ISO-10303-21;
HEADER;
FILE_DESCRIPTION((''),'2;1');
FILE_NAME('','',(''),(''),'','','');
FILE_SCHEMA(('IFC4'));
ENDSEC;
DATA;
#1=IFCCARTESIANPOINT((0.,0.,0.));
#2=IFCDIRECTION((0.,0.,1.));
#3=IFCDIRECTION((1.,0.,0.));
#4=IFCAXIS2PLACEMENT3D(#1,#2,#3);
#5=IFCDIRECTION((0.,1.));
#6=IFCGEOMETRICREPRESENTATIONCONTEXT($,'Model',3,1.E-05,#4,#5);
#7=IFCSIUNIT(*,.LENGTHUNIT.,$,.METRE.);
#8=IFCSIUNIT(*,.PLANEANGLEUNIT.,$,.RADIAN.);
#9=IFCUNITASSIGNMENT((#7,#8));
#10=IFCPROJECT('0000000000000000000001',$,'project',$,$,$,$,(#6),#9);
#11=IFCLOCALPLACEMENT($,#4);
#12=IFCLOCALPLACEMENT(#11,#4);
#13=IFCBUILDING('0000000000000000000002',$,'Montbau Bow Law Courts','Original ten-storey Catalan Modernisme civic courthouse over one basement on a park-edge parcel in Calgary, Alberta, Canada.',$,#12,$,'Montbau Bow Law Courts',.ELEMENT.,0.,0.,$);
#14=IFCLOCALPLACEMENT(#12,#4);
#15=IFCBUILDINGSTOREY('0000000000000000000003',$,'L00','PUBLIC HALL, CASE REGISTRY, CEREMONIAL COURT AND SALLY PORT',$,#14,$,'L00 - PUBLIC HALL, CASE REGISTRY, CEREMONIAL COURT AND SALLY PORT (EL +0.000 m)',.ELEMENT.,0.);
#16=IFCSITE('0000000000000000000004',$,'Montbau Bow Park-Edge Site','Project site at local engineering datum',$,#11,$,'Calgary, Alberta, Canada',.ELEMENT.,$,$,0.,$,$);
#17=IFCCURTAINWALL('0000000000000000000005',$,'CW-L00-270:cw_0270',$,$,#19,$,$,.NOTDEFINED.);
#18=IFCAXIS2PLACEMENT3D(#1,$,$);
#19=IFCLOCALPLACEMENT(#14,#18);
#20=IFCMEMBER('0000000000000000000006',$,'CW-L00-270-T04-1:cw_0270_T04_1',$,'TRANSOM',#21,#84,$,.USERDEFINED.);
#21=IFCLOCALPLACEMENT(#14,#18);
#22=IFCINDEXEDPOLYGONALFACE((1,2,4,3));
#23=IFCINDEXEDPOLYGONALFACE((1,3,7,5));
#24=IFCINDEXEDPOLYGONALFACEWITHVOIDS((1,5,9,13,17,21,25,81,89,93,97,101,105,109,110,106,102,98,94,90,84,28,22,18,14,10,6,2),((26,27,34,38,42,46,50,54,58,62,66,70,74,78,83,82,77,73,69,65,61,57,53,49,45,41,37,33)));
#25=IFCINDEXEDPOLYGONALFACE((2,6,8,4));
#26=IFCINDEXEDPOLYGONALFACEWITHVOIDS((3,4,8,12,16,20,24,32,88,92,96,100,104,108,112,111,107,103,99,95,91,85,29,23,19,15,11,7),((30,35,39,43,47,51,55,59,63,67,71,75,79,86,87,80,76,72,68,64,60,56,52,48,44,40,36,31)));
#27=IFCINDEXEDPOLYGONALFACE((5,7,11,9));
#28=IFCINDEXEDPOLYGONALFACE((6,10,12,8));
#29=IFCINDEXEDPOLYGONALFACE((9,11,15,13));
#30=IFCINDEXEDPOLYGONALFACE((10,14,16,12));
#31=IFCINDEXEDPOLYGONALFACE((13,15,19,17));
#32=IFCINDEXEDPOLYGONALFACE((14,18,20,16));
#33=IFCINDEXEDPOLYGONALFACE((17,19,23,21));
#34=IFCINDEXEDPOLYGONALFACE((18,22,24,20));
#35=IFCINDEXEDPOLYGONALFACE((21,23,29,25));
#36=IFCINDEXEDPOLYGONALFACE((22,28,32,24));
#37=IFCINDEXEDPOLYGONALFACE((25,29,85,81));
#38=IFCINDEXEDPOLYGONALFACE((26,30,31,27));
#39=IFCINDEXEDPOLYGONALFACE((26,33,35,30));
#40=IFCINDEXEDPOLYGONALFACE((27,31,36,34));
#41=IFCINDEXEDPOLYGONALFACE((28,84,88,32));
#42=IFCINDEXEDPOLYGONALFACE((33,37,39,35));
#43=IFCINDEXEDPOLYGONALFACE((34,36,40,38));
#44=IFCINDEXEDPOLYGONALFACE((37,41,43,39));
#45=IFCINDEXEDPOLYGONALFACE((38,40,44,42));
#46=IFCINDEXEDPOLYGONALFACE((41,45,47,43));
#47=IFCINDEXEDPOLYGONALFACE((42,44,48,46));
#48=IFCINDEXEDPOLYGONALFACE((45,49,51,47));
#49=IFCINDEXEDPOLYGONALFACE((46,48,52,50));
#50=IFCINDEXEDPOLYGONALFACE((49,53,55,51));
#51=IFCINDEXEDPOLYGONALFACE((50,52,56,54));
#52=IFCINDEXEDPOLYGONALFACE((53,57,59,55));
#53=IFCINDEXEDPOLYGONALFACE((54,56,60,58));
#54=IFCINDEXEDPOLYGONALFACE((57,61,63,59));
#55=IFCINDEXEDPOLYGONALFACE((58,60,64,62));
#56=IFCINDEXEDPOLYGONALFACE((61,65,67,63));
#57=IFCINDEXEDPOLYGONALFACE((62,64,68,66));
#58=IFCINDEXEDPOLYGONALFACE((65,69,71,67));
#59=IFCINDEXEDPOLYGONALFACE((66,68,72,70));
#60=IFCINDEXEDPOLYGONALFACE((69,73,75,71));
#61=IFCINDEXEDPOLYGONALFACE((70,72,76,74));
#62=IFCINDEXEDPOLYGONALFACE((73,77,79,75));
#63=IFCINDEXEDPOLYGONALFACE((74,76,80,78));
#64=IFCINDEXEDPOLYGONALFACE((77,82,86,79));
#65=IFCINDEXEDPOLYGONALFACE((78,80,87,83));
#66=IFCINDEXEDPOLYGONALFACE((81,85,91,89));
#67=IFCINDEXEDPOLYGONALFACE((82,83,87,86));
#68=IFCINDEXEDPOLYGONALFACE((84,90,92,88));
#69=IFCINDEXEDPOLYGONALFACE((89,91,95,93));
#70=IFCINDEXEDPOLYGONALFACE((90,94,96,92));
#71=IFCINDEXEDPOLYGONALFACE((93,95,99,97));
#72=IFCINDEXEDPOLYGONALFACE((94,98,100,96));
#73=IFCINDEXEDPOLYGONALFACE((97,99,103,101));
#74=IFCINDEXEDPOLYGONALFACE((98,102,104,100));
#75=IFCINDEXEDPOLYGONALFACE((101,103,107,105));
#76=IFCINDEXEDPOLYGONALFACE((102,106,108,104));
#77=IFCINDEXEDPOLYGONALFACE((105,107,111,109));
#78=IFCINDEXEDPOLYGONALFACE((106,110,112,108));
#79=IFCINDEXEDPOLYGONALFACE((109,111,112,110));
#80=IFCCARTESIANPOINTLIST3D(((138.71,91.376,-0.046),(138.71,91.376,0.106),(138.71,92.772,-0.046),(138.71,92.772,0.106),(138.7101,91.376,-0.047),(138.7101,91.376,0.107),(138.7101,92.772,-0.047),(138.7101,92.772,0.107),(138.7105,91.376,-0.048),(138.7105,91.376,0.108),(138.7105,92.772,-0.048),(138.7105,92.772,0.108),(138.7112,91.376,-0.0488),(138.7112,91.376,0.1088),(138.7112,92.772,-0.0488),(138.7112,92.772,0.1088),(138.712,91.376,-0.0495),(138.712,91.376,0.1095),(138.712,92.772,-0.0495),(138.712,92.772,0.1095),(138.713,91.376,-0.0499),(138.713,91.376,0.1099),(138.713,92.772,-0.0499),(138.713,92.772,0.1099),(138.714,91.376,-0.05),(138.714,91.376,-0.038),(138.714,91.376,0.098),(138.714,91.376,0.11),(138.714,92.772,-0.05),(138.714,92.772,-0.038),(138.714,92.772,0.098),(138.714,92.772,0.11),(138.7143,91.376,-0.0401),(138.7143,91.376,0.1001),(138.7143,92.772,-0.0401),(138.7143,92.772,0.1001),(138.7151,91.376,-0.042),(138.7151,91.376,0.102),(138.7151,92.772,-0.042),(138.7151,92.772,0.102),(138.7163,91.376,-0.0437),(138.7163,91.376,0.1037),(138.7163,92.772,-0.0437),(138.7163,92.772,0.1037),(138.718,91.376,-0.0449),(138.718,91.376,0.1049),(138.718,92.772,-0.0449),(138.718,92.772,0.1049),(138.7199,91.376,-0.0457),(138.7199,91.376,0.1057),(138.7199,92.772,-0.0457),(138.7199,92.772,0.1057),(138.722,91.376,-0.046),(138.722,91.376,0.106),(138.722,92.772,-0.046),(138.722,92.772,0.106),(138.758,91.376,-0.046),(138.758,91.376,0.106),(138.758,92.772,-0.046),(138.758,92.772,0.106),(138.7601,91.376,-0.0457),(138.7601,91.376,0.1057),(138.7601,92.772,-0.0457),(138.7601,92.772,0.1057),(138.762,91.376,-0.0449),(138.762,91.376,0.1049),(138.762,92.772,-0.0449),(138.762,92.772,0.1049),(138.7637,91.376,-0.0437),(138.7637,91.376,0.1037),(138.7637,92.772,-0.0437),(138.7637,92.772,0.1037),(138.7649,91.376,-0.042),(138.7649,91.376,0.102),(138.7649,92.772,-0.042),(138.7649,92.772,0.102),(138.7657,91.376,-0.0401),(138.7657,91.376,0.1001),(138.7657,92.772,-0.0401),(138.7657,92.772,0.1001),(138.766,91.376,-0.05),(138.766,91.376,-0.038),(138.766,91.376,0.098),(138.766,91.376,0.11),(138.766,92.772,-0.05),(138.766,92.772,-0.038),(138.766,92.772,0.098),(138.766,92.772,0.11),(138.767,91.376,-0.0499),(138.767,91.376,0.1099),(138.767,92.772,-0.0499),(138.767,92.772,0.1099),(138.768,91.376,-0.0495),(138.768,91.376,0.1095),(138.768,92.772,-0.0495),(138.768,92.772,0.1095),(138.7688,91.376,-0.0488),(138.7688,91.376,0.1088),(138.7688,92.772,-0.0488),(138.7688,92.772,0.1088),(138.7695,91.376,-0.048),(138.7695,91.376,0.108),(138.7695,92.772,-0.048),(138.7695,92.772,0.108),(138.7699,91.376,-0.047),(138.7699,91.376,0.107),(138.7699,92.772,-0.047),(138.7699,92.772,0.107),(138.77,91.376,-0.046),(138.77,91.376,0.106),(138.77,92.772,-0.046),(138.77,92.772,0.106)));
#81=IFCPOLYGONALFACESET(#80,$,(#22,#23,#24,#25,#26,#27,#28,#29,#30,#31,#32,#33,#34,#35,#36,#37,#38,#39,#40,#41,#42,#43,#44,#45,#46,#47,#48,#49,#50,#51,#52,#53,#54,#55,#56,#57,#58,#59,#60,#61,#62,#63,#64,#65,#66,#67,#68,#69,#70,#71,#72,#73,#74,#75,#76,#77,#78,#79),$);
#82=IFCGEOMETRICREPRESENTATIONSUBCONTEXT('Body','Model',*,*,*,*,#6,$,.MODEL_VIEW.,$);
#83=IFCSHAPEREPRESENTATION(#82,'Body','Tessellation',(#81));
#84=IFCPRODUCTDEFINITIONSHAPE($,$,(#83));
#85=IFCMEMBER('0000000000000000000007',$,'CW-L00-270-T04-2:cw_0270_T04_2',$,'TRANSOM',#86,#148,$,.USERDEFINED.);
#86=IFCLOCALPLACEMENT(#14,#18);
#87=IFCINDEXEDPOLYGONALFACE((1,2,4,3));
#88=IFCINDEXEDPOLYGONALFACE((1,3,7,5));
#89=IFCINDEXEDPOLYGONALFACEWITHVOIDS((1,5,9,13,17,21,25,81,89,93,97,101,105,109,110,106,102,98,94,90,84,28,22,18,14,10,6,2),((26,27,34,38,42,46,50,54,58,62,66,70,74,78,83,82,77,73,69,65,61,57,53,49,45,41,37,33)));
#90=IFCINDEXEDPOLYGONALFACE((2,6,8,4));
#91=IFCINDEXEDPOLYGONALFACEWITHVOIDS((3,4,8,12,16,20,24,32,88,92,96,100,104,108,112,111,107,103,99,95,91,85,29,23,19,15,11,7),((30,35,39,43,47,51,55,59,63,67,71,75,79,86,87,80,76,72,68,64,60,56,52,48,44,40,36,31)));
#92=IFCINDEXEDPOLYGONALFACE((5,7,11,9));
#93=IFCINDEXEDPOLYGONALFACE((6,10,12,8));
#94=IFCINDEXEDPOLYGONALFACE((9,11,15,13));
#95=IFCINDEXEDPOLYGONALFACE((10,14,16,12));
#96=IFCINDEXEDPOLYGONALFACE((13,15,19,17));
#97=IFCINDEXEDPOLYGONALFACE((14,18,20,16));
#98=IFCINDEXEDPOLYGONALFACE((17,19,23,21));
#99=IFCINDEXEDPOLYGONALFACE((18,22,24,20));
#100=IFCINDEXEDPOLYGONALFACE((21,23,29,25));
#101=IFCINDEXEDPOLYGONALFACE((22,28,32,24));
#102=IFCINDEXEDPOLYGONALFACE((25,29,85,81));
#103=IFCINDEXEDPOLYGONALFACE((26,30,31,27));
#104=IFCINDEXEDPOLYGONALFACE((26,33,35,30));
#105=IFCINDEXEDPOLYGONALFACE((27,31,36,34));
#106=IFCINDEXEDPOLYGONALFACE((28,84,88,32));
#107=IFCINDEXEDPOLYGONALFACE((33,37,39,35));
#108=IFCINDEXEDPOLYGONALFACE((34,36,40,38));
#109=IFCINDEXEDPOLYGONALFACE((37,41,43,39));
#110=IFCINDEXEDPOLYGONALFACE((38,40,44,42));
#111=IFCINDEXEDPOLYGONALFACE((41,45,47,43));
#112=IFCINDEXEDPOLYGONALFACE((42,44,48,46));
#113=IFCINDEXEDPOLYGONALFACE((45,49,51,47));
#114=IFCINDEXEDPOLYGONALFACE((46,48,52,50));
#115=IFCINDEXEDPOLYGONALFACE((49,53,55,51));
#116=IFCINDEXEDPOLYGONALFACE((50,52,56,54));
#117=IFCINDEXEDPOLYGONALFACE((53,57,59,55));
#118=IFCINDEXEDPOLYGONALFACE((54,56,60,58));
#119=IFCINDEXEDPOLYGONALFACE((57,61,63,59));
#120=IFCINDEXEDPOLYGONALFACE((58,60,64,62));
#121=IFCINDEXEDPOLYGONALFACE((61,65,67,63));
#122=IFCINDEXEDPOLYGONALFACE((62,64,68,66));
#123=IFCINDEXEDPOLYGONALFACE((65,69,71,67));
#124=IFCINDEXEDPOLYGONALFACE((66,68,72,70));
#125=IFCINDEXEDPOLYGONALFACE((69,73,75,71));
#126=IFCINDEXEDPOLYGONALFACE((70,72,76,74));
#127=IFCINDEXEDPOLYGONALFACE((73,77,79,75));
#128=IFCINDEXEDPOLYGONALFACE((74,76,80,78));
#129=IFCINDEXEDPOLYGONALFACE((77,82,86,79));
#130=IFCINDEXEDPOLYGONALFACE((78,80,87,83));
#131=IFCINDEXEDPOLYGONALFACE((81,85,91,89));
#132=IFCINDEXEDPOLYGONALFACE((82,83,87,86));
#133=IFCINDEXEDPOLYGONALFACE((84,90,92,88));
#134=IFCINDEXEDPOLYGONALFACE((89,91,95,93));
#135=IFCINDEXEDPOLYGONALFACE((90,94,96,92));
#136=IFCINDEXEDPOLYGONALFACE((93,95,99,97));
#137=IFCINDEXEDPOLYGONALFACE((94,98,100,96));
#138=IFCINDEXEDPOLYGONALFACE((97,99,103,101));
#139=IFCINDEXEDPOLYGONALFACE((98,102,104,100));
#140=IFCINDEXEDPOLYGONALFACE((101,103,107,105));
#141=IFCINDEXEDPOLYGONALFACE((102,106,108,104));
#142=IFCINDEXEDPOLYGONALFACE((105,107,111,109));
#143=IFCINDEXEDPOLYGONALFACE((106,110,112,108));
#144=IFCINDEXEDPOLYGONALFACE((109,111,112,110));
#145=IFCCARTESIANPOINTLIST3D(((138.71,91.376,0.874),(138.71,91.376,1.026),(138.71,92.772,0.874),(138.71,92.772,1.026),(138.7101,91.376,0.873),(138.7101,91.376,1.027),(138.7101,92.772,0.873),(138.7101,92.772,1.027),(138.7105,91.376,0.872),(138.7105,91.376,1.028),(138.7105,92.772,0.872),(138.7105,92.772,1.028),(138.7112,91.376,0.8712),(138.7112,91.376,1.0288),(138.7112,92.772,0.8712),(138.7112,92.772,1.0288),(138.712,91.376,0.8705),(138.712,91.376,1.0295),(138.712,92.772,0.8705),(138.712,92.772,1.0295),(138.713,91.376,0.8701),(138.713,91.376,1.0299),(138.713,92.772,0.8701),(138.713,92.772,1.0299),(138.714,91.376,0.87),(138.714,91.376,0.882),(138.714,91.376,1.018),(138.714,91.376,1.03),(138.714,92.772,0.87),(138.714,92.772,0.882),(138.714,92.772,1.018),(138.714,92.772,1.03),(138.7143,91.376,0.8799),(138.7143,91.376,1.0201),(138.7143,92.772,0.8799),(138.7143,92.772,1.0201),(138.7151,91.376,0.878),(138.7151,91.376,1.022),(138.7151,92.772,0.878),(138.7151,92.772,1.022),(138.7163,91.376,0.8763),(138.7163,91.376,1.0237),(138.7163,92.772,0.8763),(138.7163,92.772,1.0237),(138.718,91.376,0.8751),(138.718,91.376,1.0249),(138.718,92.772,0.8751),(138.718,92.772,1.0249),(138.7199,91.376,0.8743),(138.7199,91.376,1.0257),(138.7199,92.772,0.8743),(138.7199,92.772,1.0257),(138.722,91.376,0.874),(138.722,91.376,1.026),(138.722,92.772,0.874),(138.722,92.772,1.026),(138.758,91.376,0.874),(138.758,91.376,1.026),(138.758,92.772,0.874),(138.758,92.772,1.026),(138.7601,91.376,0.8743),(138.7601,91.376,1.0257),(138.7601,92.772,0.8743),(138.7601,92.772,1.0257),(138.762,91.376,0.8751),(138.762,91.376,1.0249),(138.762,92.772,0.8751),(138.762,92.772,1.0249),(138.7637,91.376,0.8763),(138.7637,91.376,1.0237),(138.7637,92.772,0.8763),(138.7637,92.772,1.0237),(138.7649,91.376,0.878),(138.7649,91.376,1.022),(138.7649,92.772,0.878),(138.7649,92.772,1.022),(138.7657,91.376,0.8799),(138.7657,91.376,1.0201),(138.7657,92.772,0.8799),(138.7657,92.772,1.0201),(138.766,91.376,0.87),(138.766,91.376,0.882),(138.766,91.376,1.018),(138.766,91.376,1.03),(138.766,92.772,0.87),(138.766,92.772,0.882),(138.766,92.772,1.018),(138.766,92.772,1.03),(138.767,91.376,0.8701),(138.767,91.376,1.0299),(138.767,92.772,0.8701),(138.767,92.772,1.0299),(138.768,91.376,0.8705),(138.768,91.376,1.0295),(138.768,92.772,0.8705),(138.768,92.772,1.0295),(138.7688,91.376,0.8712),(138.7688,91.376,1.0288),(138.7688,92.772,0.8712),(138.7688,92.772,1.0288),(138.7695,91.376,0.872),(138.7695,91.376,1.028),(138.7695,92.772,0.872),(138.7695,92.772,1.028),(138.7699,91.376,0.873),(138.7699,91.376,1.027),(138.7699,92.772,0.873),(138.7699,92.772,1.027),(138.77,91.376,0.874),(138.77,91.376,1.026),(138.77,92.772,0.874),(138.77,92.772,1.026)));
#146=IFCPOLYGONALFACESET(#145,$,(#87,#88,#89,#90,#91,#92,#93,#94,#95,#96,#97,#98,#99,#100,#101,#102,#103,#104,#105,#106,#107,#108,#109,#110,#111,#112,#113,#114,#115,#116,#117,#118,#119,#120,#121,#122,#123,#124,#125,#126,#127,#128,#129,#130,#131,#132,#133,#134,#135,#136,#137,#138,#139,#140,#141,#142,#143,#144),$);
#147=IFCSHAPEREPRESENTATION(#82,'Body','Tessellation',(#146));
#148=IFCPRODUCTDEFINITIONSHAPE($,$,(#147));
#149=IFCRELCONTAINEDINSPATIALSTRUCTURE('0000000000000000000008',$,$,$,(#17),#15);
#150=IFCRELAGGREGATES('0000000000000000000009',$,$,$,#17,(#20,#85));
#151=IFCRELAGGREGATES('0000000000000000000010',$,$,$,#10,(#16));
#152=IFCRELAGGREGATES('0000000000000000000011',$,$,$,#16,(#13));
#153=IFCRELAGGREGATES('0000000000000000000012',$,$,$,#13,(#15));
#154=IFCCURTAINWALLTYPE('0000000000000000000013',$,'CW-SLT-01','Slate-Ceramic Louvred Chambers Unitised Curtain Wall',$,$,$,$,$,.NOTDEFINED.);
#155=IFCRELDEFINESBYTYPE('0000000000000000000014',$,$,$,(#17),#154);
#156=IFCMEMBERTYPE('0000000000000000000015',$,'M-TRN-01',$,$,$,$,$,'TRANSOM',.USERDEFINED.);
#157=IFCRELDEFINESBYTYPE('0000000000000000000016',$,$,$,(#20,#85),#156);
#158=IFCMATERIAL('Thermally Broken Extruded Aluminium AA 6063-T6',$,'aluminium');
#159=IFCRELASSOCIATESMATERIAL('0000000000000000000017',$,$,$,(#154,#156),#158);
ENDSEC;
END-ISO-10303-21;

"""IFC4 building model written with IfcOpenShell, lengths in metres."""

from ifc_helpers import new_model, si_unit, direction, frame, origin_with_axes, origin_2d_with_axis, place, context, subcontext, project, spatial, hollow_rectangle, extrude, material, material_profile, profile_set, type_object, element, aggregate, save


model = new_model("IFC4")

# Units and contexts
model_context = context("Model", 3, precision=1e-05, world=origin_with_axes(), true_north=direction((0.0, 1.0)))
body_context = subcontext(model_context, "Body", "Model", "MODEL_VIEW")
ifc_project = project(units=[si_unit("LENGTHUNIT", "METRE"), si_unit("PLANEANGLEUNIT", "RADIAN")], contexts=[model_context])

# Site, building, storey
site_placement = place(None, origin_with_axes())
site = spatial("IfcSite", under=ifc_project, at=site_placement, Name="Montbau Bow Park-Edge Site", Description="Project site at local engineering datum", LongName="Calgary, Alberta, Canada", CompositionType="ELEMENT", RefElevation=0.0)
building_placement = place(site_placement, origin_with_axes())
building = spatial("IfcBuilding", under=site, at=building_placement, Name="Montbau Bow Law Courts", Description="Original ten-storey Catalan Modernisme civic courthouse over one basement on a park-edge parcel in Calgary, Alberta, Canada.", LongName="Montbau Bow Law Courts", CompositionType="ELEMENT", ElevationOfRefHeight=0.0, ElevationOfTerrain=0.0)
storey_placement = place(building_placement, origin_with_axes())
storey = spatial("IfcBuildingStorey", under=building, at=storey_placement, Name="L00", Description="PUBLIC HALL, CASE REGISTRY, CEREMONIAL COURT AND SALLY PORT", LongName="L00 - PUBLIC HALL, CASE REGISTRY, CEREMONIAL COURT AND SALLY PORT (EL +0.000 m)", CompositionType="ELEMENT", Elevation=0.0)

# Curtain wall, members
ifc_material_1 = material(Name="Thermally Broken Extruded Aluminium AA 6063-T6", Category="aluminium")
curtain_wall_type = type_object("IfcCurtainWallType", Name="CW-SLT-01", Description="Slate-Ceramic Louvred Chambers Unitised Curtain Wall", PredefinedType="NOTDEFINED", material=ifc_material_1)
curtain_wall_placement = place(None, frame((138.74, 86.915, 0.0), z_axis=(0.0, 0.0, 1.0), x_axis=(1.0, 0.0, 0.0)))
curtain_wall = element("IfcCurtainWall", 1, at=curtain_wall_placement, inside=storey, type_object=curtain_wall_type, Name="CW-L00-270:cw_0270", PredefinedType="NOTDEFINED")
ifc_material_profile_1 = material_profile(ifc_material_1, hollow_rectangle(XDim=0.06, YDim=0.16, WallThickness=0.004, InnerFilletRadius=0.008, OuterFilletRadius=0.004, at=origin_2d_with_axis()), Name="CWT-160X60", Category="Main", Priority=0)
ifc_profile_set_1 = profile_set([ifc_material_profile_1], Name="Thermally Broken Extruded Aluminium AA 6063-T6")
member_type_1 = type_object("IfcMemberType", Name="M-TRN-01", ElementType="TRANSOM", PredefinedType="USERDEFINED", material=ifc_profile_set_1)
member_1_placement = place(None, frame((138.74, 91.376, 0.03), z_axis=(0.0, 1.0, 0.0), x_axis=(-1.0, 0.0, 0.0)))
member_1 = element("IfcMember", 2, at=member_1_placement, type_object=member_type_1, Name="CW-L00-270-T04-1:cw_0270_T04_1", ObjectType="TRANSOM", PredefinedType="USERDEFINED", context=body_context, shape_type="SweptSolid", body=[
    extrude(hollow_rectangle(XDim=0.06, YDim=0.16, WallThickness=0.004, InnerFilletRadius=0.008, OuterFilletRadius=0.004, at=origin_2d_with_axis()), origin_with_axes(), (0.0, 0.0, 1.0), 1.396),
])
member_2_placement = place(None, frame((138.74, 91.376, 0.95), z_axis=(0.0, 1.0, 0.0), x_axis=(-1.0, 0.0, 0.0)))
member_2 = element("IfcMember", 3, at=member_2_placement, type_object=member_type_1, Name="CW-L00-270-T04-2:cw_0270_T04_2", ObjectType="TRANSOM", PredefinedType="USERDEFINED", context=body_context, shape_type="SweptSolid", body=[
    extrude(hollow_rectangle(XDim=0.06, YDim=0.16, WallThickness=0.004, InnerFilletRadius=0.008, OuterFilletRadius=0.004, at=origin_2d_with_axis()), origin_with_axes(), (0.0, 0.0, 1.0), 1.396),
])
aggregate(curtain_wall, [member_1, member_2])

save(model, "model.ifc")
